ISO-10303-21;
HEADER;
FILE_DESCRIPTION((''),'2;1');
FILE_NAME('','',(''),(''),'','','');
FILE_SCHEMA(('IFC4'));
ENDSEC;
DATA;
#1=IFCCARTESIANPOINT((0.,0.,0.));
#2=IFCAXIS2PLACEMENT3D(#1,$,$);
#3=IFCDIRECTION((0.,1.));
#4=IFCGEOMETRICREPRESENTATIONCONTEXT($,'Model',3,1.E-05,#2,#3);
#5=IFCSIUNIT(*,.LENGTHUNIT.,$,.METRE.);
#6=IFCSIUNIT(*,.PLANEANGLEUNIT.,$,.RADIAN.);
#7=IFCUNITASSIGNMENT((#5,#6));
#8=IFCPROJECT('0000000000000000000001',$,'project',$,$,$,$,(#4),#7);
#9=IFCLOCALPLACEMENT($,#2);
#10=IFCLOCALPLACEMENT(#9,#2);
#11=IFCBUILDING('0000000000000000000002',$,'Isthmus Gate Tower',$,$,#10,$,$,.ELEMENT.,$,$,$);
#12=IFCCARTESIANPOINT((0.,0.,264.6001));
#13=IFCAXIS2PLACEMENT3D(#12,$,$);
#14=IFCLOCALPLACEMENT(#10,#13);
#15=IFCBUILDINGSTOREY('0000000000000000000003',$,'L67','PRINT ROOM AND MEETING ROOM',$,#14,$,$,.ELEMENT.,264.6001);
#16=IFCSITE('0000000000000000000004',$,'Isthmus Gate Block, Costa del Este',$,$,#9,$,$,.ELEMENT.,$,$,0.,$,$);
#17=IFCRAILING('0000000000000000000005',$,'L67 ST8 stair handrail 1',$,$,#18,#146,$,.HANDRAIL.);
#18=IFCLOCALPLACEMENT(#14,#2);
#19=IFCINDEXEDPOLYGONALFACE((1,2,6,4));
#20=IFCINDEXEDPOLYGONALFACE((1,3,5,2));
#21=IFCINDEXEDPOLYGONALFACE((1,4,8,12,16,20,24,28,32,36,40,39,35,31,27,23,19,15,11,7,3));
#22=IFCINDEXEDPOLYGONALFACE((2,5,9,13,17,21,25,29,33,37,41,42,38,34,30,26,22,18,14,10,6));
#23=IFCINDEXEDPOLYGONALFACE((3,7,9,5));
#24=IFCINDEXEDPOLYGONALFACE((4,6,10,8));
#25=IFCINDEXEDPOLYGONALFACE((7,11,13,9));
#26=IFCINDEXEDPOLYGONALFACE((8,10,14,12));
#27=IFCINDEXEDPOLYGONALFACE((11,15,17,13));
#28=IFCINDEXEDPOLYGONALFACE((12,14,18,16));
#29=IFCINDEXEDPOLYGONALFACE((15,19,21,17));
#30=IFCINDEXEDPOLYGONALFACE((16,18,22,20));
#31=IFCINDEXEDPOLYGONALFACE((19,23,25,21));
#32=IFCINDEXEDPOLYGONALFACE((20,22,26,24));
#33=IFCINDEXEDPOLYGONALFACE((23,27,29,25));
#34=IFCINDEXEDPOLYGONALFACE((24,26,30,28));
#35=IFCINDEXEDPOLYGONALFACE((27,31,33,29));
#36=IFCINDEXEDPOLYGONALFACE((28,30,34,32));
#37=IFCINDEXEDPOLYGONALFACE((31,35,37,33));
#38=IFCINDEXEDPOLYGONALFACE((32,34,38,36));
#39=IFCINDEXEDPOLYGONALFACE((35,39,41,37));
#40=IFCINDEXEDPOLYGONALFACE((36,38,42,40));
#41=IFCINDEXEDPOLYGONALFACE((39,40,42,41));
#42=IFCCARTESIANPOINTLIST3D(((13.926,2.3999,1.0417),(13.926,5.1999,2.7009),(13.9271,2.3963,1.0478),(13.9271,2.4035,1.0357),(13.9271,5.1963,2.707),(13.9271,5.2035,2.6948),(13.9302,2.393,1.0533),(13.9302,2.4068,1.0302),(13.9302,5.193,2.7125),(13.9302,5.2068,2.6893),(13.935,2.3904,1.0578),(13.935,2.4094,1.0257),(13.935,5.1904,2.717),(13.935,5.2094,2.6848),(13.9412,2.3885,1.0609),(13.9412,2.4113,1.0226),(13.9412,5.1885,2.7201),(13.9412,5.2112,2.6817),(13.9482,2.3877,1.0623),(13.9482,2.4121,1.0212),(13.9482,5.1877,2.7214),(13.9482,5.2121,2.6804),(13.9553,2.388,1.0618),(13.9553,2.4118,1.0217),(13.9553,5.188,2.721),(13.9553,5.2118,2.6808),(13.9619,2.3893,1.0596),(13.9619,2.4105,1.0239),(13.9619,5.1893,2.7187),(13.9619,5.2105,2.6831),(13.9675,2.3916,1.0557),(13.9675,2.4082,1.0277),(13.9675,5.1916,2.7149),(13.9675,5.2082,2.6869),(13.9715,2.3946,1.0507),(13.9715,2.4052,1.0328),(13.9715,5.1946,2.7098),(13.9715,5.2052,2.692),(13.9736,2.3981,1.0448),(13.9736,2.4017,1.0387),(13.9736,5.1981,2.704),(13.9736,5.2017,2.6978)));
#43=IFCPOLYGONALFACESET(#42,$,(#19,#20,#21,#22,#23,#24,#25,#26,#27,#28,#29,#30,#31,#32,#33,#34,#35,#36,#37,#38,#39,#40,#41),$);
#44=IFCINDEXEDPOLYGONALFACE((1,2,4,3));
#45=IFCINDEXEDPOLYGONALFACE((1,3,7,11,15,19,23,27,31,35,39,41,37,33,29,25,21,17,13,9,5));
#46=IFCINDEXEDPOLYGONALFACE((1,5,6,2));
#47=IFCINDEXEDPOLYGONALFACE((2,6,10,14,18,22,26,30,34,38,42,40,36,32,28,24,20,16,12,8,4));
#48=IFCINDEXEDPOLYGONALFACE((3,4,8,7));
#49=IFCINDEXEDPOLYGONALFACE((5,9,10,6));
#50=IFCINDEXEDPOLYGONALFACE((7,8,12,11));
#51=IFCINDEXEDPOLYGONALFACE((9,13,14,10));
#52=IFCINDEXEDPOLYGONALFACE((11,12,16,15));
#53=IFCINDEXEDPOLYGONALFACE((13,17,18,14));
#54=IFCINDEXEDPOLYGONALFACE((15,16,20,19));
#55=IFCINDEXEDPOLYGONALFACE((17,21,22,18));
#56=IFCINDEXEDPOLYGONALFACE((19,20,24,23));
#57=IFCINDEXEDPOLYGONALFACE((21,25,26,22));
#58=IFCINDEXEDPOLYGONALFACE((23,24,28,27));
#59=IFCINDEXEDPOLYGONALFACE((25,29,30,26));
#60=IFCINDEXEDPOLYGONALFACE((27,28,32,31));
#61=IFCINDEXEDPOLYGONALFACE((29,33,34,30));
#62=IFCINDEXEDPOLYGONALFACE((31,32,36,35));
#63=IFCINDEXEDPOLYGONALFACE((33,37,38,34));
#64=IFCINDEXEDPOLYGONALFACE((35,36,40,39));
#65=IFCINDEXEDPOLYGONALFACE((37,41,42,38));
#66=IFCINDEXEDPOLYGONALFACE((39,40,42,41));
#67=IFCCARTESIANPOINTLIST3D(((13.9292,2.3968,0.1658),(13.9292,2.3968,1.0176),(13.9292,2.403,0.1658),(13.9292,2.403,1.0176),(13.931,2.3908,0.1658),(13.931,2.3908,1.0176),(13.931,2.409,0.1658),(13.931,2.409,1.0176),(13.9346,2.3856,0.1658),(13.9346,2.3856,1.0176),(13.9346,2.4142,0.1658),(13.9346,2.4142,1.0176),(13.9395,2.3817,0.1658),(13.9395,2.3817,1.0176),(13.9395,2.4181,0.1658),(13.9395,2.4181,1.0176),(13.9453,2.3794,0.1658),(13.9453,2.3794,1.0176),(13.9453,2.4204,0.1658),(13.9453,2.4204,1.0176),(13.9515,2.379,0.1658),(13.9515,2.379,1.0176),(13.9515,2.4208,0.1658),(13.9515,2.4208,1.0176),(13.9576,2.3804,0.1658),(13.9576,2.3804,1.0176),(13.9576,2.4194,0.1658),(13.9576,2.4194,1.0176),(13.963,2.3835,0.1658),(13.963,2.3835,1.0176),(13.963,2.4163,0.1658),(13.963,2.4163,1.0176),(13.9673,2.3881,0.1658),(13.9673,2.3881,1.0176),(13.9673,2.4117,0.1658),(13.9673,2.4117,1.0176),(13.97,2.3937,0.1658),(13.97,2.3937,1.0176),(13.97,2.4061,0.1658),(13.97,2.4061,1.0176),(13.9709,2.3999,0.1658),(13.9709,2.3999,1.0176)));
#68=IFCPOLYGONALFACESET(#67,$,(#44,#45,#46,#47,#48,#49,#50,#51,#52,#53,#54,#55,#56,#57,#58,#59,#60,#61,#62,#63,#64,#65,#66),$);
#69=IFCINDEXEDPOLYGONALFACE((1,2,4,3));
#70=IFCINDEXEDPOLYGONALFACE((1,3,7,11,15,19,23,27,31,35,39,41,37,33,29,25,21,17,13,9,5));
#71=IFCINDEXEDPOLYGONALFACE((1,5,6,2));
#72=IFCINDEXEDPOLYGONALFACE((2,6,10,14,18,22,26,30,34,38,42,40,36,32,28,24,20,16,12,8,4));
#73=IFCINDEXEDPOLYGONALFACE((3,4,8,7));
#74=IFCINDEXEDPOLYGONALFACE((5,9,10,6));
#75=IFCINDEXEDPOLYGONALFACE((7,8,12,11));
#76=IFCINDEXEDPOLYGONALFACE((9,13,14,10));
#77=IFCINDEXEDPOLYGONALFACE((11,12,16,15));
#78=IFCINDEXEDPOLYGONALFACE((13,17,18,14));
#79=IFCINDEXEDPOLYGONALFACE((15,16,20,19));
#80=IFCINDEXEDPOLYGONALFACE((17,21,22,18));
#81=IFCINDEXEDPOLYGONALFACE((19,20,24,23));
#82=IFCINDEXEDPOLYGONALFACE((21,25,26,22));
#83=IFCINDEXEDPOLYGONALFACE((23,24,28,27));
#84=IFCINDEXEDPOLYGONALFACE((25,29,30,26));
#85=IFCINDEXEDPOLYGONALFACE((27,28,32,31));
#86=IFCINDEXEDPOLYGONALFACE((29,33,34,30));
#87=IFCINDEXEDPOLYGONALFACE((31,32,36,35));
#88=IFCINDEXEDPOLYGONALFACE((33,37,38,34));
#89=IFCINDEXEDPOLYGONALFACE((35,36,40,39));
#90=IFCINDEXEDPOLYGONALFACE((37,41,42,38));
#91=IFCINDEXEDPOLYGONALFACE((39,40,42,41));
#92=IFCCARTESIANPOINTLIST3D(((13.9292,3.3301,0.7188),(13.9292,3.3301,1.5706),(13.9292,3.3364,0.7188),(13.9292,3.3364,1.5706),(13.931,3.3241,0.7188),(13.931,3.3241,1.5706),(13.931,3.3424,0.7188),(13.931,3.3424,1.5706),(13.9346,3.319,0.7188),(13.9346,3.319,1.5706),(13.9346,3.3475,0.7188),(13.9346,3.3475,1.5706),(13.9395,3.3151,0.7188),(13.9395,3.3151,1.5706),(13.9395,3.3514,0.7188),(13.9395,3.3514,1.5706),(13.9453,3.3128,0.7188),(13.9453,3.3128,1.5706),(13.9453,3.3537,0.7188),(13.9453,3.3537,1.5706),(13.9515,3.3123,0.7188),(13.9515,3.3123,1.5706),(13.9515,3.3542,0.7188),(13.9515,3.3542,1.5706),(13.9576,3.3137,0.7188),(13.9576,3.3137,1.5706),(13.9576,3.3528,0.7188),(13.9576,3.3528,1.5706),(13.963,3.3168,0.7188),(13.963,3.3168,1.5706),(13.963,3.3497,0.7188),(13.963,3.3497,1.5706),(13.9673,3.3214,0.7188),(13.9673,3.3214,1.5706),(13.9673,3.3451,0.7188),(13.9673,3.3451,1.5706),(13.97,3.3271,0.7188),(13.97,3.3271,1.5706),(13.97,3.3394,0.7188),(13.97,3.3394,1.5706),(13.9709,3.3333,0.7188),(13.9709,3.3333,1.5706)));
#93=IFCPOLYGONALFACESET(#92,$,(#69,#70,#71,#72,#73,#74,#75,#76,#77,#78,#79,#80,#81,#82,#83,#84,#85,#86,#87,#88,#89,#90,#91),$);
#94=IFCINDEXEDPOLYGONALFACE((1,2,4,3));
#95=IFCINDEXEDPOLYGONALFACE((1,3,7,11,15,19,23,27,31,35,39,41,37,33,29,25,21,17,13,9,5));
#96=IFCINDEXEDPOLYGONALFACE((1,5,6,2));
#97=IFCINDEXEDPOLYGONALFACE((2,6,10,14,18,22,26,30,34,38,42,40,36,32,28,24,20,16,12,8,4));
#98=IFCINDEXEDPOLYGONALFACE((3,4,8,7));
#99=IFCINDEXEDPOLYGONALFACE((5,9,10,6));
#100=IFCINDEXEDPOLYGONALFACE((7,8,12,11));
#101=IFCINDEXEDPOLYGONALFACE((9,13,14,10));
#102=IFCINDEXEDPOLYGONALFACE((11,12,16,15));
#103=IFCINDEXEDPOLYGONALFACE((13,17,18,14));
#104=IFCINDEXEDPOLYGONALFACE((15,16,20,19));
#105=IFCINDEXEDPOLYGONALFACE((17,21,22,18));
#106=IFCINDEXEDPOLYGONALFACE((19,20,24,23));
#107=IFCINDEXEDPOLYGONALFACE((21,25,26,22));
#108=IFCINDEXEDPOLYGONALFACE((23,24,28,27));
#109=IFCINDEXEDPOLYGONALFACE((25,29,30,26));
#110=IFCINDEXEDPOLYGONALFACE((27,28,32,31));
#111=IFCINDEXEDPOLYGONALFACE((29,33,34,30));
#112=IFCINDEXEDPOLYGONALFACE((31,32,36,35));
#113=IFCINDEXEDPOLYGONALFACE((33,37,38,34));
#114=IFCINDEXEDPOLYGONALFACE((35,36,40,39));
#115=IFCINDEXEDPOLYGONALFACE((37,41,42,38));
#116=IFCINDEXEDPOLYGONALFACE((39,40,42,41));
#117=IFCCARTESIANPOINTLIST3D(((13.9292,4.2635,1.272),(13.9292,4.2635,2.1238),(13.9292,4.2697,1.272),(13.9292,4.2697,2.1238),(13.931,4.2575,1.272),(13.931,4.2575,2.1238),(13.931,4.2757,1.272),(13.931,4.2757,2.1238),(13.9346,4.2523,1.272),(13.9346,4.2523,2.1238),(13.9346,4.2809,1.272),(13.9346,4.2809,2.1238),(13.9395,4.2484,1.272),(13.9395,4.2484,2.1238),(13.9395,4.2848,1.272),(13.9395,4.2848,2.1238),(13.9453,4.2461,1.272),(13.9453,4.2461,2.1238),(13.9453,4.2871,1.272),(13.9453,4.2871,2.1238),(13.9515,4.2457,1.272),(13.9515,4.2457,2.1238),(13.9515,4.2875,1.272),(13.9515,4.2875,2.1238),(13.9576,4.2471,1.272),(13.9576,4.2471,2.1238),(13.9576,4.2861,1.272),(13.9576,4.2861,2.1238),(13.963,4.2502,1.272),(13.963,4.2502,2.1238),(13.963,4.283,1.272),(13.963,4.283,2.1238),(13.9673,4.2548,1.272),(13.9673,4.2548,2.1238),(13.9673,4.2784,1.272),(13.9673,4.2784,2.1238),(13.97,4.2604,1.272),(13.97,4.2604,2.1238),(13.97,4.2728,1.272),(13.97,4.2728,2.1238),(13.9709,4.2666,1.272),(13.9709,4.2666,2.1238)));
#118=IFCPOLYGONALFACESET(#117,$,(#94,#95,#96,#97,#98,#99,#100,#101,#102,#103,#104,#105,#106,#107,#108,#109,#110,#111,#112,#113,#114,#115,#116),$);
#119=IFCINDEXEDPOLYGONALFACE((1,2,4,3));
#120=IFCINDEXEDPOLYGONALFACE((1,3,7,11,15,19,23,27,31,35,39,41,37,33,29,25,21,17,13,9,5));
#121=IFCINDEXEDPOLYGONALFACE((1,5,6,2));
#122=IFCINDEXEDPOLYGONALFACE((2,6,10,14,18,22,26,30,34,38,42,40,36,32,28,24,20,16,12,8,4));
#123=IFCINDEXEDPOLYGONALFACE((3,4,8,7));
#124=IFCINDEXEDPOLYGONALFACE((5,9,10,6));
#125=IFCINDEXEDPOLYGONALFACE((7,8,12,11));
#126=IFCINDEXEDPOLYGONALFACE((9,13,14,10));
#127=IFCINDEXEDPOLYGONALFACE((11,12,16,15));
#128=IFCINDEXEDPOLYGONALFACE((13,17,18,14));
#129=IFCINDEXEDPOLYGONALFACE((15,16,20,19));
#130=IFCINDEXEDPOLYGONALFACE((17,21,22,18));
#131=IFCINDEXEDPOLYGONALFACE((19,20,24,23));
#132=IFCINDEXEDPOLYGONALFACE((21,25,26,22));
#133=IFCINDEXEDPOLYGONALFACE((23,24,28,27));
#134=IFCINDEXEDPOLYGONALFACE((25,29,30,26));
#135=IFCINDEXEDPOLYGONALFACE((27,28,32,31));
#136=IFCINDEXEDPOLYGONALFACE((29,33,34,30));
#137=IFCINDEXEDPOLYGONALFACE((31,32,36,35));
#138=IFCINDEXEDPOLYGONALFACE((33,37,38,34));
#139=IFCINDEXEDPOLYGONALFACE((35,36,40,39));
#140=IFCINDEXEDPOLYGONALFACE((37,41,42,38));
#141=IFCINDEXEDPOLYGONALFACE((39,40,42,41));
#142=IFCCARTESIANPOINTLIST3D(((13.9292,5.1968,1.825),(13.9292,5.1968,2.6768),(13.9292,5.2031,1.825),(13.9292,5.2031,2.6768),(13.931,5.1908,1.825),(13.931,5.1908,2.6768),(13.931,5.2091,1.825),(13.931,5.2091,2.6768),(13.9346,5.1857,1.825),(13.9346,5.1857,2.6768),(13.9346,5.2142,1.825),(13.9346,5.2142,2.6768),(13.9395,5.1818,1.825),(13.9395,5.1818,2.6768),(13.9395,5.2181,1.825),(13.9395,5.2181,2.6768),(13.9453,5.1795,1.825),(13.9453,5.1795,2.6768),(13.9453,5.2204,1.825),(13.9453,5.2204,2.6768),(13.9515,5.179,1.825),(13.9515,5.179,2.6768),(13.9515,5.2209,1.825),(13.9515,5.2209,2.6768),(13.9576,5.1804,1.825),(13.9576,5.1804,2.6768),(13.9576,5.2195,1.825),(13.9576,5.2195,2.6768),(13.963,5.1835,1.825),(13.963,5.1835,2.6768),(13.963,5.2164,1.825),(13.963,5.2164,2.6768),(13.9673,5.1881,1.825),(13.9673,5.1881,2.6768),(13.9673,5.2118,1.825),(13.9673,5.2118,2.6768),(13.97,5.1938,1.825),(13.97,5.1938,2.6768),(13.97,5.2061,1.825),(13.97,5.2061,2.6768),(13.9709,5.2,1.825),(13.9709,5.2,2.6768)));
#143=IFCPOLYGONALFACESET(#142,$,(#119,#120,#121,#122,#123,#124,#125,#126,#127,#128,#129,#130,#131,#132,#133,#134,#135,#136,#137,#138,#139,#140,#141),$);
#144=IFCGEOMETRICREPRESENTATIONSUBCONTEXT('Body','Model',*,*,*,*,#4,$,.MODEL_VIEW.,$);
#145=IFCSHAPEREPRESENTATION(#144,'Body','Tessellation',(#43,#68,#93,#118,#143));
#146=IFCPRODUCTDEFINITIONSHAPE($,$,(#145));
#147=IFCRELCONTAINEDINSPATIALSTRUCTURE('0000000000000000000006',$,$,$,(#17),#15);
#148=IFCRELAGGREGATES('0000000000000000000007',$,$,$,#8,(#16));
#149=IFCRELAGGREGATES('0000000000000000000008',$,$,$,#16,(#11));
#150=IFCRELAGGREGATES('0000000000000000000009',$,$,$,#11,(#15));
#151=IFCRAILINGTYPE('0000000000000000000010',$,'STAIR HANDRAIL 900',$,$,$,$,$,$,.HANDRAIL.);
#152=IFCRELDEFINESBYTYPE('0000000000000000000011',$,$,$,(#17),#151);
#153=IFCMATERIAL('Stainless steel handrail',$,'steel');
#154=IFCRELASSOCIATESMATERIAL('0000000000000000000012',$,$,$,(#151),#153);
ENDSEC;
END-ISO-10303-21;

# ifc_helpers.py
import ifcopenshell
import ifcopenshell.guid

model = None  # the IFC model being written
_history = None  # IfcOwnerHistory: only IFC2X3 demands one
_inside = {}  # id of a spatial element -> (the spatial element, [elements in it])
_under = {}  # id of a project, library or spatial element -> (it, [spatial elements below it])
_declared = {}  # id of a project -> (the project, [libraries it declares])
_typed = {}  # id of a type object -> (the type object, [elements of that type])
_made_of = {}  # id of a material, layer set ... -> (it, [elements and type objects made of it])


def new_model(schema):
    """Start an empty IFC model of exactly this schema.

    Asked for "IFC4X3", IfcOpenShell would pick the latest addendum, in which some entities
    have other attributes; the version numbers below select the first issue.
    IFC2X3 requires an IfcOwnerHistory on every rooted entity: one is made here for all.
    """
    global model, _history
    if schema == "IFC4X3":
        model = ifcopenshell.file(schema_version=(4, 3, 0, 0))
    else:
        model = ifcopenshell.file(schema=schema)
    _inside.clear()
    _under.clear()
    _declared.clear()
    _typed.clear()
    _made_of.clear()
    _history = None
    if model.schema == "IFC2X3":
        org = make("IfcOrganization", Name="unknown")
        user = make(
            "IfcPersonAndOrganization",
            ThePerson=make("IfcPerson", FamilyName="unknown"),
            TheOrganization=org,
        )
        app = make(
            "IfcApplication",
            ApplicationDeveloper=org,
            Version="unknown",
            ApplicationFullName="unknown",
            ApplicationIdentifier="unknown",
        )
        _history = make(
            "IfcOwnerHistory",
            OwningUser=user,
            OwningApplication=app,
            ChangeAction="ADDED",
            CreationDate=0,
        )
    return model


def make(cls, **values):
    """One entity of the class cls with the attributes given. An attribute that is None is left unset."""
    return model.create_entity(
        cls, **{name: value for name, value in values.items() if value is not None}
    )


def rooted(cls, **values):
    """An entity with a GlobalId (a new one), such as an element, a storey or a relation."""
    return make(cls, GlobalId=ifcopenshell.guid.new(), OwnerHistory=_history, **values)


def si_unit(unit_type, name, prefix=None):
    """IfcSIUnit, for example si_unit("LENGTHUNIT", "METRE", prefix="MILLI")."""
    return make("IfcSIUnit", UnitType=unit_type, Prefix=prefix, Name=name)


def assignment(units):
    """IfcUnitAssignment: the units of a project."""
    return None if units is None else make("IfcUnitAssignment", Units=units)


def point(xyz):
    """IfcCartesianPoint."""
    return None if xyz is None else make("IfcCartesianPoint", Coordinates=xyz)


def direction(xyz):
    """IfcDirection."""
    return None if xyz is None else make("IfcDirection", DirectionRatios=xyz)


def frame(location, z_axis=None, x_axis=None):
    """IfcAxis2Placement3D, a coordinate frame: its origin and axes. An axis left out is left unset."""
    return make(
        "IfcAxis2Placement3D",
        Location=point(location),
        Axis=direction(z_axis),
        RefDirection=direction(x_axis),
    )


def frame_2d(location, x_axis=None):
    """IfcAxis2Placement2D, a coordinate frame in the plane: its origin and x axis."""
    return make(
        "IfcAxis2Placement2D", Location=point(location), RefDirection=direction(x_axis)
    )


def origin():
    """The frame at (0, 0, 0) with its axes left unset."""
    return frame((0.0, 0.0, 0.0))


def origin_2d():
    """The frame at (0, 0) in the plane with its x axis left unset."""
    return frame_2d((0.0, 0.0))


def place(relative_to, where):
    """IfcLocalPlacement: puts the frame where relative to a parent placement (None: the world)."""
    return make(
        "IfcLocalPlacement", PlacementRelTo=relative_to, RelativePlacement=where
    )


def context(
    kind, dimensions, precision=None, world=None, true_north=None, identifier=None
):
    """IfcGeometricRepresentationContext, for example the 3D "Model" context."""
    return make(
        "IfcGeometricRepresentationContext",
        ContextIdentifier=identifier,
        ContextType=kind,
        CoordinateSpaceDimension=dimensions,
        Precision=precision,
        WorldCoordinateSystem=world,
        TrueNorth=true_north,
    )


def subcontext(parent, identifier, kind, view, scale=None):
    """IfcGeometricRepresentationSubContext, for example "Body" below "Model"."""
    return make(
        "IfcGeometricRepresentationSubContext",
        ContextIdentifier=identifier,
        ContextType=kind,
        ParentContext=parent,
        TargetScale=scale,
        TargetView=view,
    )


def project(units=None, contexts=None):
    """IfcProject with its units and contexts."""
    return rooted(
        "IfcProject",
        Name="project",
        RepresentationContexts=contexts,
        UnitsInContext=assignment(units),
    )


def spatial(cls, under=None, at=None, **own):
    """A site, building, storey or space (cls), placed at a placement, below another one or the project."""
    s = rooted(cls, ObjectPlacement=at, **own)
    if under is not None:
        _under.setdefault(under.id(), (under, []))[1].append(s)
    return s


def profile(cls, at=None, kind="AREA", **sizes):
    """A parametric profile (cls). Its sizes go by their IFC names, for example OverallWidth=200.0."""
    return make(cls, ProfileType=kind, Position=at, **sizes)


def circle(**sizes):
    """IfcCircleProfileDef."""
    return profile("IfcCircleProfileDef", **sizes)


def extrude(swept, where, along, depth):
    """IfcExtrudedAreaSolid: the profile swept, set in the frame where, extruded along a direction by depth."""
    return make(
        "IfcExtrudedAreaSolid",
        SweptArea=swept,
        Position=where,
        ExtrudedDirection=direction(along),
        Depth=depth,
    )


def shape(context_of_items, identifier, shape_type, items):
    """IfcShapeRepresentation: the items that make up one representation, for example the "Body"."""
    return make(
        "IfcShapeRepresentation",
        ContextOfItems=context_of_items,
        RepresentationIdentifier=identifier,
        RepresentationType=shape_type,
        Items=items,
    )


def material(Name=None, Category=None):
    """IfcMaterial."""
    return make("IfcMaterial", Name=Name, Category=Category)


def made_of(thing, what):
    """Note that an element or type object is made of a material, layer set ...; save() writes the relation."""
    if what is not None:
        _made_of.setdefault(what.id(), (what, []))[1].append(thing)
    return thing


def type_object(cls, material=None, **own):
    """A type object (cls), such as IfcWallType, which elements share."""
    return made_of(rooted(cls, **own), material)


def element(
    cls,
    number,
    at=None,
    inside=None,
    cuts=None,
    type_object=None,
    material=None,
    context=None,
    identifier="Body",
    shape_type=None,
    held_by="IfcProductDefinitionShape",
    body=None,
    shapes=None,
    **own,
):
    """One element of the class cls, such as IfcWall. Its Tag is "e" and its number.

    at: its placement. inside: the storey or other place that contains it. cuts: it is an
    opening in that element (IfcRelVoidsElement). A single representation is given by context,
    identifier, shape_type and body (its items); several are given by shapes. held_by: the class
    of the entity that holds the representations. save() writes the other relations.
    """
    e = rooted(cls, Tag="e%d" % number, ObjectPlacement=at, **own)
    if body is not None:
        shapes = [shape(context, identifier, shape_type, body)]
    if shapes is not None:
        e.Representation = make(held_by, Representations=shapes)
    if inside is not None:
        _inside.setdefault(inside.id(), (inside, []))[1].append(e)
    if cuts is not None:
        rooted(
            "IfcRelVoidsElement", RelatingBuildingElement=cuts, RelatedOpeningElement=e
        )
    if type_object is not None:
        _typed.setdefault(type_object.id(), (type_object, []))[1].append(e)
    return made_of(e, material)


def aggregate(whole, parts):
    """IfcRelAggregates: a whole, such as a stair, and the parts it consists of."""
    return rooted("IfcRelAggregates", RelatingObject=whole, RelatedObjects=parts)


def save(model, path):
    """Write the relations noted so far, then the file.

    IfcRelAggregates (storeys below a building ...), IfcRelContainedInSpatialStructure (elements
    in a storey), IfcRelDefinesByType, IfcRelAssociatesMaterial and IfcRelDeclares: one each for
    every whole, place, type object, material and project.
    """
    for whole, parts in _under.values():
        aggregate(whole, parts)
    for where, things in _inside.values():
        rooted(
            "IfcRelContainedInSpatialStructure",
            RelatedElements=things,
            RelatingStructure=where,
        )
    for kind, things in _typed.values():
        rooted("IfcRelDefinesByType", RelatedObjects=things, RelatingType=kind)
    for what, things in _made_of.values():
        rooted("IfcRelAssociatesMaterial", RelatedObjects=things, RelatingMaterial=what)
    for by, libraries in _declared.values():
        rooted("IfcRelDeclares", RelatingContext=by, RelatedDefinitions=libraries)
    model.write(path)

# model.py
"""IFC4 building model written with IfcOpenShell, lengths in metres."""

from ifc_helpers import new_model, si_unit, direction, frame, origin, origin_2d, place, context, subcontext, project, spatial, circle, extrude, material, type_object, element, save


model = new_model("IFC4")

# Units and contexts
model_context = context("Model", 3, precision=1e-05, world=origin(), true_north=direction((0.0, 1.0)))
body_context = subcontext(model_context, "Body", "Model", "MODEL_VIEW")
ifc_project = project(units=[si_unit("LENGTHUNIT", "METRE"), si_unit("PLANEANGLEUNIT", "RADIAN")], contexts=[model_context])

# Site, building, storey
site_placement = place(None, origin())
site = spatial("IfcSite", under=ifc_project, at=site_placement, Name="Isthmus Gate Block, Costa del Este", CompositionType="ELEMENT", RefElevation=0.0)
building_placement = place(site_placement, origin())
building = spatial("IfcBuilding", under=site, at=building_placement, Name="Isthmus Gate Tower", CompositionType="ELEMENT")
storey_placement = place(building_placement, frame((0.0, 0.0, 264.6001)))
storey = spatial("IfcBuildingStorey", under=building, at=storey_placement, Name="L67", Description="PRINT ROOM AND MEETING ROOM", CompositionType="ELEMENT", Elevation=264.6001)

# Railing
ifc_material_1 = material(Name="Stainless steel handrail", Category="steel")
railing_type_1 = type_object("IfcRailingType", Name="STAIR HANDRAIL 900", PredefinedType="HANDRAIL", material=ifc_material_1)
railing_1_placement = place(storey_placement, frame((13.95, 2.3999, 0.1658)))
element("IfcRailing", 1, at=railing_1_placement, inside=storey, type_object=railing_type_1, Name="L67 ST8 stair handrail 1", PredefinedType="HANDRAIL", context=body_context, shape_type="SweptSolid", body=[
    extrude(circle(Radius=0.0239, at=origin_2d()), frame((0.0, 0.0, 0.876), z_axis=(0.0, 0.860306, 0.509778), x_axis=(-1.0, 0.0, 0.0)), (0.0, 0.0, 1.0), 3.2546),
    extrude(circle(Radius=0.021, at=origin_2d()), origin(), (0.0, 0.0, 1.0), 0.8518),
    extrude(circle(Radius=0.021, at=origin_2d()), frame((0.0, 0.9333, 0.553)), (0.0, 0.0, 1.0), 0.8518),
    extrude(circle(Radius=0.021, at=origin_2d()), frame((0.0, 1.8667, 1.1062)), (0.0, 0.0, 1.0), 0.8518),
    extrude(circle(Radius=0.021, at=origin_2d()), frame((0.0, 2.8, 1.6592)), (0.0, 0.0, 1.0), 0.8518),
])

save(model, "model.ifc")
